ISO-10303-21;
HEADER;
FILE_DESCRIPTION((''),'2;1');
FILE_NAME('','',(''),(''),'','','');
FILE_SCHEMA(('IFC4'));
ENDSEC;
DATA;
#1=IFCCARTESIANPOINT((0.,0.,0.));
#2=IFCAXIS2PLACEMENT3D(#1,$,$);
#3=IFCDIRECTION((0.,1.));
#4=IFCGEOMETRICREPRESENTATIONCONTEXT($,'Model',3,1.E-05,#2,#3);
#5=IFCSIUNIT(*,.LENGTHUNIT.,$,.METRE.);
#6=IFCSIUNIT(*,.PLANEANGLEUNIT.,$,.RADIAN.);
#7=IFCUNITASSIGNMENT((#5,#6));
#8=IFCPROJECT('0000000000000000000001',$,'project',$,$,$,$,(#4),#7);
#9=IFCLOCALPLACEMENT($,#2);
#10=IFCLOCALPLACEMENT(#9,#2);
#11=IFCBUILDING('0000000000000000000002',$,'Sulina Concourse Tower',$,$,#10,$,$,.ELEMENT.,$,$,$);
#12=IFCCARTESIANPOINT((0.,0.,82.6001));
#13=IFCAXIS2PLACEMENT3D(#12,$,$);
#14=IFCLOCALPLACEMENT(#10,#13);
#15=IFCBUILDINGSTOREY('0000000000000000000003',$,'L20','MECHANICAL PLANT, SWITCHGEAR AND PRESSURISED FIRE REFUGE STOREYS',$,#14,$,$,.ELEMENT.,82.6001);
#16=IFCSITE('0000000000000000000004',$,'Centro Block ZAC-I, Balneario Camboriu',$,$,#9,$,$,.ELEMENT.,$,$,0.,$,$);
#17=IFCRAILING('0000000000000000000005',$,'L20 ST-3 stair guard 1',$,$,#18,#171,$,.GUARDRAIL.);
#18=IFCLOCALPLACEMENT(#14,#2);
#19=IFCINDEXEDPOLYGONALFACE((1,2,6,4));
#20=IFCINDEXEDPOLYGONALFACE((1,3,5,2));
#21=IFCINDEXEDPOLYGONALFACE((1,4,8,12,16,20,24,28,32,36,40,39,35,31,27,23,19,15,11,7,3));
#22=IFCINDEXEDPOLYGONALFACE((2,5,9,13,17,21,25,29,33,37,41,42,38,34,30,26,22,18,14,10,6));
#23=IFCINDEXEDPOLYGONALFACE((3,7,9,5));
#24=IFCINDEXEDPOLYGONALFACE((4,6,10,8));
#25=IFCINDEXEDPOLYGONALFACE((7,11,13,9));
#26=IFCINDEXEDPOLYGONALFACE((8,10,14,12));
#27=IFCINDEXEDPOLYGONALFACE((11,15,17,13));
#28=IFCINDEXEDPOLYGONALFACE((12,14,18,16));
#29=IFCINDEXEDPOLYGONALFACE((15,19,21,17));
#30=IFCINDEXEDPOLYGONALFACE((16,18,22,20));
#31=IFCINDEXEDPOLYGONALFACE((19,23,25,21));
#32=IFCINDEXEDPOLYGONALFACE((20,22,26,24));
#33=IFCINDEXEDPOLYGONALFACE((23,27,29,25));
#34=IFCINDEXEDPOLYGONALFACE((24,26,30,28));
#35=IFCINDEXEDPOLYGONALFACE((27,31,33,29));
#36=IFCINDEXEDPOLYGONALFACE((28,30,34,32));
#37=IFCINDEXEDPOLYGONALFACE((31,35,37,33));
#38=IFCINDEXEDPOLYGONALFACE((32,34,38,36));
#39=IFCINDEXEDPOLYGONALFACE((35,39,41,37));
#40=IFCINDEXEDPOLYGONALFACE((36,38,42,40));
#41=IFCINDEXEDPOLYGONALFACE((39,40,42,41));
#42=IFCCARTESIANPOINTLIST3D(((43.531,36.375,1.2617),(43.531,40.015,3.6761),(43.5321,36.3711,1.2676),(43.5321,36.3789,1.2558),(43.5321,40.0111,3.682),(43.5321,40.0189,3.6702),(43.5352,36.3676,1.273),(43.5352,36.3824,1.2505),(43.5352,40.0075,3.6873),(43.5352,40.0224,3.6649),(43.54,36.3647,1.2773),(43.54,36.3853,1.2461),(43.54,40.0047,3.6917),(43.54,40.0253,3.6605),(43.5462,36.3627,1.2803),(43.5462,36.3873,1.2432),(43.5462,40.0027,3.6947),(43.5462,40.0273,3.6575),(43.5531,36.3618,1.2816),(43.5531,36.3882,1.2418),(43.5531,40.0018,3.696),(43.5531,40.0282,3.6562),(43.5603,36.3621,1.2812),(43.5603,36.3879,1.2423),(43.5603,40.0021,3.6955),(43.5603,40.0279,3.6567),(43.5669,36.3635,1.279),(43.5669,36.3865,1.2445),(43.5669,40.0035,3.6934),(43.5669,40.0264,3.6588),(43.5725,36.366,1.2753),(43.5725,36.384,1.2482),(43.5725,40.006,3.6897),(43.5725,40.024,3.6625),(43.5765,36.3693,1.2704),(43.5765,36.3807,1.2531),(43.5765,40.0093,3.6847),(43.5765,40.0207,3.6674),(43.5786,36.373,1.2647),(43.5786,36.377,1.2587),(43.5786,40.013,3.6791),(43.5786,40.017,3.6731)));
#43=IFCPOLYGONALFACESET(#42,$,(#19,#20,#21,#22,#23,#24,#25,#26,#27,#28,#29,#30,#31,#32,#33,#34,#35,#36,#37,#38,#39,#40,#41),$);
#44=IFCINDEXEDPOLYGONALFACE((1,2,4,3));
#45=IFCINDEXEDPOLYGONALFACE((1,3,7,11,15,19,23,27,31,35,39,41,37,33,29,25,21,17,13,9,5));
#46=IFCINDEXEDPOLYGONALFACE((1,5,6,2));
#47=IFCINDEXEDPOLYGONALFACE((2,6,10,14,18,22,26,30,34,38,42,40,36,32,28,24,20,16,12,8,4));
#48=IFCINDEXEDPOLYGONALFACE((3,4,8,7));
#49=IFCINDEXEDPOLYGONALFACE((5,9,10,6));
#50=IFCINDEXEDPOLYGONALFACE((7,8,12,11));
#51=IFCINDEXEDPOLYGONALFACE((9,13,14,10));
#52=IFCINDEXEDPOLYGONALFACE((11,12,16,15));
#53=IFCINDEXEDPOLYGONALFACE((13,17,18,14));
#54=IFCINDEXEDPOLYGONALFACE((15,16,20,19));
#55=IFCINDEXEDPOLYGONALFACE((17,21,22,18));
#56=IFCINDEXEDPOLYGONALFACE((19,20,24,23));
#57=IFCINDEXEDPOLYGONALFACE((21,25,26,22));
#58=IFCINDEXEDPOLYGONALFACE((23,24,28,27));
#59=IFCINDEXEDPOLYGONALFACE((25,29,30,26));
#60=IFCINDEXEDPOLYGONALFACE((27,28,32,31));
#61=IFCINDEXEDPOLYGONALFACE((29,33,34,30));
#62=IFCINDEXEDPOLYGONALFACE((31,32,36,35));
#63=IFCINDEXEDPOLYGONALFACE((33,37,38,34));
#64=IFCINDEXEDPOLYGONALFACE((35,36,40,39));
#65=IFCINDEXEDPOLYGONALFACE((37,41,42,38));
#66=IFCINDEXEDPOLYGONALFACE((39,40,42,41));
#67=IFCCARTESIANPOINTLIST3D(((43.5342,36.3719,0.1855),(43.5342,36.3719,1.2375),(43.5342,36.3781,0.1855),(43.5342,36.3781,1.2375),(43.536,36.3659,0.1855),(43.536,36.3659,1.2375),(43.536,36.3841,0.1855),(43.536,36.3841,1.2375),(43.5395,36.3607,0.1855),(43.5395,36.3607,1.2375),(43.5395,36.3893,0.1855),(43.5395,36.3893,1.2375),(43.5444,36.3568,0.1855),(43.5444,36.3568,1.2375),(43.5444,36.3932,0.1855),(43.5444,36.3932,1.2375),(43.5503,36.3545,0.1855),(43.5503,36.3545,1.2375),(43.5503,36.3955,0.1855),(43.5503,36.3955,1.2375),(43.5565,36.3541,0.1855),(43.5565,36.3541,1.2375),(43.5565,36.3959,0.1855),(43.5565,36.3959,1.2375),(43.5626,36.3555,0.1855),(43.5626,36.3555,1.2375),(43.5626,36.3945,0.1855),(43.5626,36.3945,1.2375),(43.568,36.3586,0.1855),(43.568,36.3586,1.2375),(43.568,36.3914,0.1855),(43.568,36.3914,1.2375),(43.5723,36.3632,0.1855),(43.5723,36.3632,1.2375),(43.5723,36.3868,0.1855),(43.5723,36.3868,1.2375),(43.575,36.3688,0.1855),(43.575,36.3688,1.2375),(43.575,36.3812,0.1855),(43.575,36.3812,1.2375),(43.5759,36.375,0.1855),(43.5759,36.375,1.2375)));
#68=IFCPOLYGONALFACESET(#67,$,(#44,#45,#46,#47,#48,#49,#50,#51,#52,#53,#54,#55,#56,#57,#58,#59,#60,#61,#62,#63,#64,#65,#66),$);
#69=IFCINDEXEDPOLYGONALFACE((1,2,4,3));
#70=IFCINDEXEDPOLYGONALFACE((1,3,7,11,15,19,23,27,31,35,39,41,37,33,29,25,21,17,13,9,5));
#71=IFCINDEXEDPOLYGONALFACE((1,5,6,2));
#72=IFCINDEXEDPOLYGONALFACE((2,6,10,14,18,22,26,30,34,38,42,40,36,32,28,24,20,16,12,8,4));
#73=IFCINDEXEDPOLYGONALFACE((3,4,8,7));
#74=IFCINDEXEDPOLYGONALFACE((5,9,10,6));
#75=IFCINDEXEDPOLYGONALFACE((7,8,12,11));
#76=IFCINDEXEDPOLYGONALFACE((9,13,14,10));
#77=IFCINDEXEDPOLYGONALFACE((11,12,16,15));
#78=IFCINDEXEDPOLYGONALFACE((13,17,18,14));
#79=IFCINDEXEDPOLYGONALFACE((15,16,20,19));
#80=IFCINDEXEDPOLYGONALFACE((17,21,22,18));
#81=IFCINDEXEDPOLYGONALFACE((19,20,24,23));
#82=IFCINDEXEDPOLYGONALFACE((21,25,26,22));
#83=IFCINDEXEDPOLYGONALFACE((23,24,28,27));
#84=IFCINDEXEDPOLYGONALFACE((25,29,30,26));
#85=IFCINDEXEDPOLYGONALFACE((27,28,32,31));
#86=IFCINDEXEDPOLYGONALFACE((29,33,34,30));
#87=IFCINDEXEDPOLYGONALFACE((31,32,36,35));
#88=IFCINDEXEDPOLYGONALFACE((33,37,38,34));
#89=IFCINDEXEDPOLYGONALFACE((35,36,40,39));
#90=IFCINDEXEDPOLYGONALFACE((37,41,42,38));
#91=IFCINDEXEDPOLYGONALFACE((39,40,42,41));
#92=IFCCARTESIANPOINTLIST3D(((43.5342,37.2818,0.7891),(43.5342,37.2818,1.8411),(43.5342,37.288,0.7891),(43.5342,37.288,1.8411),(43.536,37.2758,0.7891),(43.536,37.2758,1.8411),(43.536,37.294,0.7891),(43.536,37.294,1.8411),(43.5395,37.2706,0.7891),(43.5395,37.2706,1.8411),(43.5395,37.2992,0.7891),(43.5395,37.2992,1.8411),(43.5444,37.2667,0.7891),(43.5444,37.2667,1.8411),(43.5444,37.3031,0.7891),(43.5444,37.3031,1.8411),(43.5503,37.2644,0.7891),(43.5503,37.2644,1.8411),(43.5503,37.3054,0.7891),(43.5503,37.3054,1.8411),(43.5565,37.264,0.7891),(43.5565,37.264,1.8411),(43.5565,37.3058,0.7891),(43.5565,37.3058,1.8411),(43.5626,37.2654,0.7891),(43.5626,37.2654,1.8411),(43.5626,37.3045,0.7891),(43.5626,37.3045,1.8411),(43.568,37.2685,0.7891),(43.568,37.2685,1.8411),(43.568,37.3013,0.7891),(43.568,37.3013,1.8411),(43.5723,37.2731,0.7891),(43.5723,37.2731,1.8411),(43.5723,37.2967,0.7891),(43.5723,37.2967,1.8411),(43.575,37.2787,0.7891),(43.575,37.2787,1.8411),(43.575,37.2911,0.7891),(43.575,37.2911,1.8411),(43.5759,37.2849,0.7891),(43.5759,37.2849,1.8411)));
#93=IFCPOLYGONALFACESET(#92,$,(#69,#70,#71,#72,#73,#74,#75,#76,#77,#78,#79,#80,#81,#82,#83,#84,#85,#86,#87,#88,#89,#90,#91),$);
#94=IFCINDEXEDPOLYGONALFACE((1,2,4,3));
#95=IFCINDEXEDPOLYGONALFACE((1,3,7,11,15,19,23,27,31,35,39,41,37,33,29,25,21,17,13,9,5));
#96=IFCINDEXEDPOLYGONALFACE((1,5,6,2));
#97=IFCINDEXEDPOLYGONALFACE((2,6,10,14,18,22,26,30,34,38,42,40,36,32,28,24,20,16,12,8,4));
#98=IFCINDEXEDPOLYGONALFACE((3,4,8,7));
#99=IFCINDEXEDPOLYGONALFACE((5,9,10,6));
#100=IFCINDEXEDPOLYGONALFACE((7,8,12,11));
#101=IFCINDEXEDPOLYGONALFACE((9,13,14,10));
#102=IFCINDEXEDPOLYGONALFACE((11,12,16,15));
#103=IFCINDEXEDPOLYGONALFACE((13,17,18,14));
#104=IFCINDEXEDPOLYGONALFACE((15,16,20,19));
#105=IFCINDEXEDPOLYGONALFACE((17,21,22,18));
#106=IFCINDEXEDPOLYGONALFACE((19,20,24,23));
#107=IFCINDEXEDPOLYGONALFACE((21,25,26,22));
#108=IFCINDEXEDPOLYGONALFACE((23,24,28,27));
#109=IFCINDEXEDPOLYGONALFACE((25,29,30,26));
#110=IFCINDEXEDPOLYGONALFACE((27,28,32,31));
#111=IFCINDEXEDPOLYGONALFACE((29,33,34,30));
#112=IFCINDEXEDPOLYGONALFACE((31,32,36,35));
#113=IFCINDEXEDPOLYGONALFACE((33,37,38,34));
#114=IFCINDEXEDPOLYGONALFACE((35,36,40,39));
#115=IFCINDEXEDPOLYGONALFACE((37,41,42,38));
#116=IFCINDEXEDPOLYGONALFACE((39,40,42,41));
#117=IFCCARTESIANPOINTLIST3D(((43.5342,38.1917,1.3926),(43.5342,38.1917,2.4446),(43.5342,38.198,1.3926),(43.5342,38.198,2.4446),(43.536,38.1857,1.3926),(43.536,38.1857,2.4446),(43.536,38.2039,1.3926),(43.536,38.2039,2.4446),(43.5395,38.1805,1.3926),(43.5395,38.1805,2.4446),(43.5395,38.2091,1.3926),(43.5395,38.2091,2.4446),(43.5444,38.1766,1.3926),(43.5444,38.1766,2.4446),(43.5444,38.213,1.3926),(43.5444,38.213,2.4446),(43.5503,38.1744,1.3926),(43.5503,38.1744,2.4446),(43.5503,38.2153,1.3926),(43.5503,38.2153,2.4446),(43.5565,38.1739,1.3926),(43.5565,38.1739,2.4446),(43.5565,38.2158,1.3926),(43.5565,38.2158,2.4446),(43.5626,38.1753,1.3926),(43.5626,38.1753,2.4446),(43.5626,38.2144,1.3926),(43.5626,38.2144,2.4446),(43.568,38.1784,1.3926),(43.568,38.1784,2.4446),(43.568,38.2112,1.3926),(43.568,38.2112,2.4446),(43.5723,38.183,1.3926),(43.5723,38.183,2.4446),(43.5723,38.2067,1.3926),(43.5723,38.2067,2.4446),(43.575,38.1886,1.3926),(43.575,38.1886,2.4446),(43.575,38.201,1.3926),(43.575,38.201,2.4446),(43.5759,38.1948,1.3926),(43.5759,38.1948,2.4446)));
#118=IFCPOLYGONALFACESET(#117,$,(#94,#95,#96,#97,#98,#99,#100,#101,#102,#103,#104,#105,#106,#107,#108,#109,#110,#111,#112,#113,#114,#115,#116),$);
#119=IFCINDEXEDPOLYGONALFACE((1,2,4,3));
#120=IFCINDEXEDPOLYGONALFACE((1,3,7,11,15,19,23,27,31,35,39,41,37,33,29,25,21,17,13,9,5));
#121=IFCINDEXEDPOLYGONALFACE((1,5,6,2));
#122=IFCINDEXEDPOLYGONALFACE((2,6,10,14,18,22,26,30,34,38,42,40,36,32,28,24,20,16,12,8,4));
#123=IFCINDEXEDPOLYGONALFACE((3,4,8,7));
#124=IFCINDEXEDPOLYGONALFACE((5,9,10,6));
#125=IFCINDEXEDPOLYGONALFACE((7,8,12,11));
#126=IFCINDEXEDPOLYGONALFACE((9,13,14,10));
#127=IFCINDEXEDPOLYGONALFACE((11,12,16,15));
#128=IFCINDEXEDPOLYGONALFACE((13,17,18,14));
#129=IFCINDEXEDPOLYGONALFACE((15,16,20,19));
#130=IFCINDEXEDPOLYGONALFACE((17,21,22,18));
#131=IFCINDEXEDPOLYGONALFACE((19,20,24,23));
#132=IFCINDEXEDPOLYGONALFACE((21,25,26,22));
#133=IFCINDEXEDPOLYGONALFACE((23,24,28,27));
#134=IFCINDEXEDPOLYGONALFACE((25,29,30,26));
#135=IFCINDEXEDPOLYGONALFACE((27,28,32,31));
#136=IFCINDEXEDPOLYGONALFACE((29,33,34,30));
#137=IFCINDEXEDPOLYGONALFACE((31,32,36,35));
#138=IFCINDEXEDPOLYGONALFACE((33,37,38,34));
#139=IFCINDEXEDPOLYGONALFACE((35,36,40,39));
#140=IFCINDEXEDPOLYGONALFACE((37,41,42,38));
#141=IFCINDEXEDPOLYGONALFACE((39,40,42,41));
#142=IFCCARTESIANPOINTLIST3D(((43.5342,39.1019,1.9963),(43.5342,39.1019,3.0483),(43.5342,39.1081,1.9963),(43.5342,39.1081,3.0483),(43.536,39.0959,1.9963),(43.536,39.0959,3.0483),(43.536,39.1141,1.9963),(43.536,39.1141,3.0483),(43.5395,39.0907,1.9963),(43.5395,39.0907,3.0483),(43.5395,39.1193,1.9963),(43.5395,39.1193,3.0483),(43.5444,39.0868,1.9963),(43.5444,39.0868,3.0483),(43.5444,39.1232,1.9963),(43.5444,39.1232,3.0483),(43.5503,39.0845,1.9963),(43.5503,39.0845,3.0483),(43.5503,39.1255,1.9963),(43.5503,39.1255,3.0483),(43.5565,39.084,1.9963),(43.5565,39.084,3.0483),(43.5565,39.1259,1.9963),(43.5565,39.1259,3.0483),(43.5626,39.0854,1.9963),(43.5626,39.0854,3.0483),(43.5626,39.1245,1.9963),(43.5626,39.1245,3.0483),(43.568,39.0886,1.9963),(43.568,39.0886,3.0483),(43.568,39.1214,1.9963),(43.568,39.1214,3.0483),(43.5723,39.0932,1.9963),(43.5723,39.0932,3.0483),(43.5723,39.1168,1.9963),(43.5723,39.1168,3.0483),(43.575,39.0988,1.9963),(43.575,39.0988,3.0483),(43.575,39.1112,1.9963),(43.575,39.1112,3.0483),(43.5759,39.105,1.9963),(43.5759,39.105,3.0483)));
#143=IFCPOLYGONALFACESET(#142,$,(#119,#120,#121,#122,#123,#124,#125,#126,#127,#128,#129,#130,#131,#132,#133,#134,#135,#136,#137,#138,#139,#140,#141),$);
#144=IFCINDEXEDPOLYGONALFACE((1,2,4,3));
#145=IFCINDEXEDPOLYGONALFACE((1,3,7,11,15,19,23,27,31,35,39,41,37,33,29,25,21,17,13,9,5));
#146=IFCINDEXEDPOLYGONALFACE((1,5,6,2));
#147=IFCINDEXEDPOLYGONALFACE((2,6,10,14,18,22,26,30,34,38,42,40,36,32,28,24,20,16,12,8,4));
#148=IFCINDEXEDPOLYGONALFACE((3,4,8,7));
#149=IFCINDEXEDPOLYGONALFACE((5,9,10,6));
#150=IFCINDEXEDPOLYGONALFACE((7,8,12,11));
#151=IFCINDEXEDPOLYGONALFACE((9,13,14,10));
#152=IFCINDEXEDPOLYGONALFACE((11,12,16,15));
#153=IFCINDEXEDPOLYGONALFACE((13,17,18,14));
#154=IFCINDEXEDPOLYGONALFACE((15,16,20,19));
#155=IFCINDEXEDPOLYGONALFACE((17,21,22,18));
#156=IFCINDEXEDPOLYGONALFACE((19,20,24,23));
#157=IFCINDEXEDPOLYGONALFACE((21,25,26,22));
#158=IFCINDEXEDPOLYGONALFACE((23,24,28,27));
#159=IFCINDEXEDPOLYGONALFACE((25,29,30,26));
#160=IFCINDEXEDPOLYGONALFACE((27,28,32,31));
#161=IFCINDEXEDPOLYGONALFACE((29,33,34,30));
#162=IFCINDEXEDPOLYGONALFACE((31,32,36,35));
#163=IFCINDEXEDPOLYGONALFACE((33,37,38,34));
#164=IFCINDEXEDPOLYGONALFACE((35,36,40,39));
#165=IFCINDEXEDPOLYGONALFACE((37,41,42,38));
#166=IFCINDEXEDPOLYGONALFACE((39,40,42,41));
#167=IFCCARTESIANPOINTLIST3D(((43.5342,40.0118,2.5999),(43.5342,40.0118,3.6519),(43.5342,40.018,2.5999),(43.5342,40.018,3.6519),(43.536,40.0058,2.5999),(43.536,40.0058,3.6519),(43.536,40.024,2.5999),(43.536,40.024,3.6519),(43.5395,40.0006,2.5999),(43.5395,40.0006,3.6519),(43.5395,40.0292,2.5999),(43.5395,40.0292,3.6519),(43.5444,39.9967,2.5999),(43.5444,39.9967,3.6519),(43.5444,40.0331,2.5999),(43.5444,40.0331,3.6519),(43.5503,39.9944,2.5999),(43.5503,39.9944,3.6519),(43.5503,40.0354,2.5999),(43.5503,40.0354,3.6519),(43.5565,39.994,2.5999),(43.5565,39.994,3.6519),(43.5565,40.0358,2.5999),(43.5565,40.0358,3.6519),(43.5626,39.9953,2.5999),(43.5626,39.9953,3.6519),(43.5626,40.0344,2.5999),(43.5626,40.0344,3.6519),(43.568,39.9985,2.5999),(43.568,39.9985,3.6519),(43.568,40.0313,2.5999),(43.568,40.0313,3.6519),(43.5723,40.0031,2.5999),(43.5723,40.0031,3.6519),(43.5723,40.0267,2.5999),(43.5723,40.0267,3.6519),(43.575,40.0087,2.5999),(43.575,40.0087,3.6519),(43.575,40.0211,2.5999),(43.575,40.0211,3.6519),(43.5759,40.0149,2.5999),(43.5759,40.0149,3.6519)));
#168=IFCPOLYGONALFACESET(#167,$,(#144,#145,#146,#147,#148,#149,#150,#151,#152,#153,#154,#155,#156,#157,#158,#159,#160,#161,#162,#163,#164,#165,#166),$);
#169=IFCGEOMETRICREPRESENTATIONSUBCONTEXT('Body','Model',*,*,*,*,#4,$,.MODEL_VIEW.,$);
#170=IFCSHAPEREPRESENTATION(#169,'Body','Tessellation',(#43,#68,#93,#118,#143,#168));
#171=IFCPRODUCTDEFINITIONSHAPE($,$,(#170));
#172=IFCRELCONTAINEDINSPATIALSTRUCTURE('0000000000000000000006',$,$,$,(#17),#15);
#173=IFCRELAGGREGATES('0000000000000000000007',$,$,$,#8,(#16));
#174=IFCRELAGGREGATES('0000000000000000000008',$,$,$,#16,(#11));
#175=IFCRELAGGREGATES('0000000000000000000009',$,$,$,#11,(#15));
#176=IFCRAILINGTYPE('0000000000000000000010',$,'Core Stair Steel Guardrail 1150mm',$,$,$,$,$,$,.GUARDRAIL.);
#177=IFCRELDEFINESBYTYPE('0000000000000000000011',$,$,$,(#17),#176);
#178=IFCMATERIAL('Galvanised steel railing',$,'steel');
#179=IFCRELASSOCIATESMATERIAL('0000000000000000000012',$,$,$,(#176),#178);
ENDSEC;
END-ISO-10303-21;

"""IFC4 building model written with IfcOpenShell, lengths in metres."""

from ifc_helpers import new_model, si_unit, direction, frame, origin, origin_2d, place, context, subcontext, project, spatial, circle, extrude, material, type_object, element, save


model = new_model("IFC4")

# Units and contexts
model_context = context("Model", 3, precision=1e-05, world=origin(), true_north=direction((0.0, 1.0)))
body_context = subcontext(model_context, "Body", "Model", "MODEL_VIEW")
ifc_project = project(units=[si_unit("LENGTHUNIT", "METRE"), si_unit("PLANEANGLEUNIT", "RADIAN")], contexts=[model_context])

# Site, building, storey
site_placement = place(None, origin())
site = spatial("IfcSite", under=ifc_project, at=site_placement, Name="Centro Block ZAC-I, Balneario Camboriu", CompositionType="ELEMENT", RefElevation=0.0)
building_placement = place(site_placement, origin())
building = spatial("IfcBuilding", under=site, at=building_placement, Name="Sulina Concourse Tower", CompositionType="ELEMENT")
storey_placement = place(building_placement, frame((0.0, 0.0, 82.6001)))
storey = spatial("IfcBuildingStorey", under=building, at=storey_placement, Name="L20", Description="MECHANICAL PLANT, SWITCHGEAR AND PRESSURISED FIRE REFUGE STOREYS", CompositionType="ELEMENT", Elevation=82.6001)

# Railing
ifc_material_1 = material(Name="Galvanised steel railing", Category="steel")
railing_type_1 = type_object("IfcRailingType", Name="Core Stair Steel Guardrail 1150mm", PredefinedType="GUARDRAIL", material=ifc_material_1)
railing_1_placement = place(storey_placement, frame((43.5549, 36.375, 0.1855)))
element("IfcRailing", 1, at=railing_1_placement, inside=storey, type_object=railing_type_1, Name="L20 ST-3 stair guard 1", PredefinedType="GUARDRAIL", context=body_context, shape_type="SweptSolid", body=[
    extrude(circle(Radius=0.0239, at=origin_2d()), frame((0.0, 0.0, 1.0762), z_axis=(0.0, 0.833347, 0.552751), x_axis=(-1.0, 0.0, 0.0)), (0.0, 0.0, 1.0), 4.3679),
    extrude(circle(Radius=0.021, at=origin_2d()), origin(), (0.0, 0.0, 1.0), 1.052),
    extrude(circle(Radius=0.021, at=origin_2d()), frame((0.0, 0.9099, 0.6035)), (0.0, 0.0, 1.0), 1.052),
    extrude(circle(Radius=0.021, at=origin_2d()), frame((0.0, 1.8198, 1.207)), (0.0, 0.0, 1.0), 1.052),
    extrude(circle(Radius=0.021, at=origin_2d()), frame((0.0, 2.73, 1.8108)), (0.0, 0.0, 1.0), 1.052),
    extrude(circle(Radius=0.021, at=origin_2d()), frame((0.0, 3.6399, 2.4143)), (0.0, 0.0, 1.0), 1.052),
])

save(model, "model.ifc")
